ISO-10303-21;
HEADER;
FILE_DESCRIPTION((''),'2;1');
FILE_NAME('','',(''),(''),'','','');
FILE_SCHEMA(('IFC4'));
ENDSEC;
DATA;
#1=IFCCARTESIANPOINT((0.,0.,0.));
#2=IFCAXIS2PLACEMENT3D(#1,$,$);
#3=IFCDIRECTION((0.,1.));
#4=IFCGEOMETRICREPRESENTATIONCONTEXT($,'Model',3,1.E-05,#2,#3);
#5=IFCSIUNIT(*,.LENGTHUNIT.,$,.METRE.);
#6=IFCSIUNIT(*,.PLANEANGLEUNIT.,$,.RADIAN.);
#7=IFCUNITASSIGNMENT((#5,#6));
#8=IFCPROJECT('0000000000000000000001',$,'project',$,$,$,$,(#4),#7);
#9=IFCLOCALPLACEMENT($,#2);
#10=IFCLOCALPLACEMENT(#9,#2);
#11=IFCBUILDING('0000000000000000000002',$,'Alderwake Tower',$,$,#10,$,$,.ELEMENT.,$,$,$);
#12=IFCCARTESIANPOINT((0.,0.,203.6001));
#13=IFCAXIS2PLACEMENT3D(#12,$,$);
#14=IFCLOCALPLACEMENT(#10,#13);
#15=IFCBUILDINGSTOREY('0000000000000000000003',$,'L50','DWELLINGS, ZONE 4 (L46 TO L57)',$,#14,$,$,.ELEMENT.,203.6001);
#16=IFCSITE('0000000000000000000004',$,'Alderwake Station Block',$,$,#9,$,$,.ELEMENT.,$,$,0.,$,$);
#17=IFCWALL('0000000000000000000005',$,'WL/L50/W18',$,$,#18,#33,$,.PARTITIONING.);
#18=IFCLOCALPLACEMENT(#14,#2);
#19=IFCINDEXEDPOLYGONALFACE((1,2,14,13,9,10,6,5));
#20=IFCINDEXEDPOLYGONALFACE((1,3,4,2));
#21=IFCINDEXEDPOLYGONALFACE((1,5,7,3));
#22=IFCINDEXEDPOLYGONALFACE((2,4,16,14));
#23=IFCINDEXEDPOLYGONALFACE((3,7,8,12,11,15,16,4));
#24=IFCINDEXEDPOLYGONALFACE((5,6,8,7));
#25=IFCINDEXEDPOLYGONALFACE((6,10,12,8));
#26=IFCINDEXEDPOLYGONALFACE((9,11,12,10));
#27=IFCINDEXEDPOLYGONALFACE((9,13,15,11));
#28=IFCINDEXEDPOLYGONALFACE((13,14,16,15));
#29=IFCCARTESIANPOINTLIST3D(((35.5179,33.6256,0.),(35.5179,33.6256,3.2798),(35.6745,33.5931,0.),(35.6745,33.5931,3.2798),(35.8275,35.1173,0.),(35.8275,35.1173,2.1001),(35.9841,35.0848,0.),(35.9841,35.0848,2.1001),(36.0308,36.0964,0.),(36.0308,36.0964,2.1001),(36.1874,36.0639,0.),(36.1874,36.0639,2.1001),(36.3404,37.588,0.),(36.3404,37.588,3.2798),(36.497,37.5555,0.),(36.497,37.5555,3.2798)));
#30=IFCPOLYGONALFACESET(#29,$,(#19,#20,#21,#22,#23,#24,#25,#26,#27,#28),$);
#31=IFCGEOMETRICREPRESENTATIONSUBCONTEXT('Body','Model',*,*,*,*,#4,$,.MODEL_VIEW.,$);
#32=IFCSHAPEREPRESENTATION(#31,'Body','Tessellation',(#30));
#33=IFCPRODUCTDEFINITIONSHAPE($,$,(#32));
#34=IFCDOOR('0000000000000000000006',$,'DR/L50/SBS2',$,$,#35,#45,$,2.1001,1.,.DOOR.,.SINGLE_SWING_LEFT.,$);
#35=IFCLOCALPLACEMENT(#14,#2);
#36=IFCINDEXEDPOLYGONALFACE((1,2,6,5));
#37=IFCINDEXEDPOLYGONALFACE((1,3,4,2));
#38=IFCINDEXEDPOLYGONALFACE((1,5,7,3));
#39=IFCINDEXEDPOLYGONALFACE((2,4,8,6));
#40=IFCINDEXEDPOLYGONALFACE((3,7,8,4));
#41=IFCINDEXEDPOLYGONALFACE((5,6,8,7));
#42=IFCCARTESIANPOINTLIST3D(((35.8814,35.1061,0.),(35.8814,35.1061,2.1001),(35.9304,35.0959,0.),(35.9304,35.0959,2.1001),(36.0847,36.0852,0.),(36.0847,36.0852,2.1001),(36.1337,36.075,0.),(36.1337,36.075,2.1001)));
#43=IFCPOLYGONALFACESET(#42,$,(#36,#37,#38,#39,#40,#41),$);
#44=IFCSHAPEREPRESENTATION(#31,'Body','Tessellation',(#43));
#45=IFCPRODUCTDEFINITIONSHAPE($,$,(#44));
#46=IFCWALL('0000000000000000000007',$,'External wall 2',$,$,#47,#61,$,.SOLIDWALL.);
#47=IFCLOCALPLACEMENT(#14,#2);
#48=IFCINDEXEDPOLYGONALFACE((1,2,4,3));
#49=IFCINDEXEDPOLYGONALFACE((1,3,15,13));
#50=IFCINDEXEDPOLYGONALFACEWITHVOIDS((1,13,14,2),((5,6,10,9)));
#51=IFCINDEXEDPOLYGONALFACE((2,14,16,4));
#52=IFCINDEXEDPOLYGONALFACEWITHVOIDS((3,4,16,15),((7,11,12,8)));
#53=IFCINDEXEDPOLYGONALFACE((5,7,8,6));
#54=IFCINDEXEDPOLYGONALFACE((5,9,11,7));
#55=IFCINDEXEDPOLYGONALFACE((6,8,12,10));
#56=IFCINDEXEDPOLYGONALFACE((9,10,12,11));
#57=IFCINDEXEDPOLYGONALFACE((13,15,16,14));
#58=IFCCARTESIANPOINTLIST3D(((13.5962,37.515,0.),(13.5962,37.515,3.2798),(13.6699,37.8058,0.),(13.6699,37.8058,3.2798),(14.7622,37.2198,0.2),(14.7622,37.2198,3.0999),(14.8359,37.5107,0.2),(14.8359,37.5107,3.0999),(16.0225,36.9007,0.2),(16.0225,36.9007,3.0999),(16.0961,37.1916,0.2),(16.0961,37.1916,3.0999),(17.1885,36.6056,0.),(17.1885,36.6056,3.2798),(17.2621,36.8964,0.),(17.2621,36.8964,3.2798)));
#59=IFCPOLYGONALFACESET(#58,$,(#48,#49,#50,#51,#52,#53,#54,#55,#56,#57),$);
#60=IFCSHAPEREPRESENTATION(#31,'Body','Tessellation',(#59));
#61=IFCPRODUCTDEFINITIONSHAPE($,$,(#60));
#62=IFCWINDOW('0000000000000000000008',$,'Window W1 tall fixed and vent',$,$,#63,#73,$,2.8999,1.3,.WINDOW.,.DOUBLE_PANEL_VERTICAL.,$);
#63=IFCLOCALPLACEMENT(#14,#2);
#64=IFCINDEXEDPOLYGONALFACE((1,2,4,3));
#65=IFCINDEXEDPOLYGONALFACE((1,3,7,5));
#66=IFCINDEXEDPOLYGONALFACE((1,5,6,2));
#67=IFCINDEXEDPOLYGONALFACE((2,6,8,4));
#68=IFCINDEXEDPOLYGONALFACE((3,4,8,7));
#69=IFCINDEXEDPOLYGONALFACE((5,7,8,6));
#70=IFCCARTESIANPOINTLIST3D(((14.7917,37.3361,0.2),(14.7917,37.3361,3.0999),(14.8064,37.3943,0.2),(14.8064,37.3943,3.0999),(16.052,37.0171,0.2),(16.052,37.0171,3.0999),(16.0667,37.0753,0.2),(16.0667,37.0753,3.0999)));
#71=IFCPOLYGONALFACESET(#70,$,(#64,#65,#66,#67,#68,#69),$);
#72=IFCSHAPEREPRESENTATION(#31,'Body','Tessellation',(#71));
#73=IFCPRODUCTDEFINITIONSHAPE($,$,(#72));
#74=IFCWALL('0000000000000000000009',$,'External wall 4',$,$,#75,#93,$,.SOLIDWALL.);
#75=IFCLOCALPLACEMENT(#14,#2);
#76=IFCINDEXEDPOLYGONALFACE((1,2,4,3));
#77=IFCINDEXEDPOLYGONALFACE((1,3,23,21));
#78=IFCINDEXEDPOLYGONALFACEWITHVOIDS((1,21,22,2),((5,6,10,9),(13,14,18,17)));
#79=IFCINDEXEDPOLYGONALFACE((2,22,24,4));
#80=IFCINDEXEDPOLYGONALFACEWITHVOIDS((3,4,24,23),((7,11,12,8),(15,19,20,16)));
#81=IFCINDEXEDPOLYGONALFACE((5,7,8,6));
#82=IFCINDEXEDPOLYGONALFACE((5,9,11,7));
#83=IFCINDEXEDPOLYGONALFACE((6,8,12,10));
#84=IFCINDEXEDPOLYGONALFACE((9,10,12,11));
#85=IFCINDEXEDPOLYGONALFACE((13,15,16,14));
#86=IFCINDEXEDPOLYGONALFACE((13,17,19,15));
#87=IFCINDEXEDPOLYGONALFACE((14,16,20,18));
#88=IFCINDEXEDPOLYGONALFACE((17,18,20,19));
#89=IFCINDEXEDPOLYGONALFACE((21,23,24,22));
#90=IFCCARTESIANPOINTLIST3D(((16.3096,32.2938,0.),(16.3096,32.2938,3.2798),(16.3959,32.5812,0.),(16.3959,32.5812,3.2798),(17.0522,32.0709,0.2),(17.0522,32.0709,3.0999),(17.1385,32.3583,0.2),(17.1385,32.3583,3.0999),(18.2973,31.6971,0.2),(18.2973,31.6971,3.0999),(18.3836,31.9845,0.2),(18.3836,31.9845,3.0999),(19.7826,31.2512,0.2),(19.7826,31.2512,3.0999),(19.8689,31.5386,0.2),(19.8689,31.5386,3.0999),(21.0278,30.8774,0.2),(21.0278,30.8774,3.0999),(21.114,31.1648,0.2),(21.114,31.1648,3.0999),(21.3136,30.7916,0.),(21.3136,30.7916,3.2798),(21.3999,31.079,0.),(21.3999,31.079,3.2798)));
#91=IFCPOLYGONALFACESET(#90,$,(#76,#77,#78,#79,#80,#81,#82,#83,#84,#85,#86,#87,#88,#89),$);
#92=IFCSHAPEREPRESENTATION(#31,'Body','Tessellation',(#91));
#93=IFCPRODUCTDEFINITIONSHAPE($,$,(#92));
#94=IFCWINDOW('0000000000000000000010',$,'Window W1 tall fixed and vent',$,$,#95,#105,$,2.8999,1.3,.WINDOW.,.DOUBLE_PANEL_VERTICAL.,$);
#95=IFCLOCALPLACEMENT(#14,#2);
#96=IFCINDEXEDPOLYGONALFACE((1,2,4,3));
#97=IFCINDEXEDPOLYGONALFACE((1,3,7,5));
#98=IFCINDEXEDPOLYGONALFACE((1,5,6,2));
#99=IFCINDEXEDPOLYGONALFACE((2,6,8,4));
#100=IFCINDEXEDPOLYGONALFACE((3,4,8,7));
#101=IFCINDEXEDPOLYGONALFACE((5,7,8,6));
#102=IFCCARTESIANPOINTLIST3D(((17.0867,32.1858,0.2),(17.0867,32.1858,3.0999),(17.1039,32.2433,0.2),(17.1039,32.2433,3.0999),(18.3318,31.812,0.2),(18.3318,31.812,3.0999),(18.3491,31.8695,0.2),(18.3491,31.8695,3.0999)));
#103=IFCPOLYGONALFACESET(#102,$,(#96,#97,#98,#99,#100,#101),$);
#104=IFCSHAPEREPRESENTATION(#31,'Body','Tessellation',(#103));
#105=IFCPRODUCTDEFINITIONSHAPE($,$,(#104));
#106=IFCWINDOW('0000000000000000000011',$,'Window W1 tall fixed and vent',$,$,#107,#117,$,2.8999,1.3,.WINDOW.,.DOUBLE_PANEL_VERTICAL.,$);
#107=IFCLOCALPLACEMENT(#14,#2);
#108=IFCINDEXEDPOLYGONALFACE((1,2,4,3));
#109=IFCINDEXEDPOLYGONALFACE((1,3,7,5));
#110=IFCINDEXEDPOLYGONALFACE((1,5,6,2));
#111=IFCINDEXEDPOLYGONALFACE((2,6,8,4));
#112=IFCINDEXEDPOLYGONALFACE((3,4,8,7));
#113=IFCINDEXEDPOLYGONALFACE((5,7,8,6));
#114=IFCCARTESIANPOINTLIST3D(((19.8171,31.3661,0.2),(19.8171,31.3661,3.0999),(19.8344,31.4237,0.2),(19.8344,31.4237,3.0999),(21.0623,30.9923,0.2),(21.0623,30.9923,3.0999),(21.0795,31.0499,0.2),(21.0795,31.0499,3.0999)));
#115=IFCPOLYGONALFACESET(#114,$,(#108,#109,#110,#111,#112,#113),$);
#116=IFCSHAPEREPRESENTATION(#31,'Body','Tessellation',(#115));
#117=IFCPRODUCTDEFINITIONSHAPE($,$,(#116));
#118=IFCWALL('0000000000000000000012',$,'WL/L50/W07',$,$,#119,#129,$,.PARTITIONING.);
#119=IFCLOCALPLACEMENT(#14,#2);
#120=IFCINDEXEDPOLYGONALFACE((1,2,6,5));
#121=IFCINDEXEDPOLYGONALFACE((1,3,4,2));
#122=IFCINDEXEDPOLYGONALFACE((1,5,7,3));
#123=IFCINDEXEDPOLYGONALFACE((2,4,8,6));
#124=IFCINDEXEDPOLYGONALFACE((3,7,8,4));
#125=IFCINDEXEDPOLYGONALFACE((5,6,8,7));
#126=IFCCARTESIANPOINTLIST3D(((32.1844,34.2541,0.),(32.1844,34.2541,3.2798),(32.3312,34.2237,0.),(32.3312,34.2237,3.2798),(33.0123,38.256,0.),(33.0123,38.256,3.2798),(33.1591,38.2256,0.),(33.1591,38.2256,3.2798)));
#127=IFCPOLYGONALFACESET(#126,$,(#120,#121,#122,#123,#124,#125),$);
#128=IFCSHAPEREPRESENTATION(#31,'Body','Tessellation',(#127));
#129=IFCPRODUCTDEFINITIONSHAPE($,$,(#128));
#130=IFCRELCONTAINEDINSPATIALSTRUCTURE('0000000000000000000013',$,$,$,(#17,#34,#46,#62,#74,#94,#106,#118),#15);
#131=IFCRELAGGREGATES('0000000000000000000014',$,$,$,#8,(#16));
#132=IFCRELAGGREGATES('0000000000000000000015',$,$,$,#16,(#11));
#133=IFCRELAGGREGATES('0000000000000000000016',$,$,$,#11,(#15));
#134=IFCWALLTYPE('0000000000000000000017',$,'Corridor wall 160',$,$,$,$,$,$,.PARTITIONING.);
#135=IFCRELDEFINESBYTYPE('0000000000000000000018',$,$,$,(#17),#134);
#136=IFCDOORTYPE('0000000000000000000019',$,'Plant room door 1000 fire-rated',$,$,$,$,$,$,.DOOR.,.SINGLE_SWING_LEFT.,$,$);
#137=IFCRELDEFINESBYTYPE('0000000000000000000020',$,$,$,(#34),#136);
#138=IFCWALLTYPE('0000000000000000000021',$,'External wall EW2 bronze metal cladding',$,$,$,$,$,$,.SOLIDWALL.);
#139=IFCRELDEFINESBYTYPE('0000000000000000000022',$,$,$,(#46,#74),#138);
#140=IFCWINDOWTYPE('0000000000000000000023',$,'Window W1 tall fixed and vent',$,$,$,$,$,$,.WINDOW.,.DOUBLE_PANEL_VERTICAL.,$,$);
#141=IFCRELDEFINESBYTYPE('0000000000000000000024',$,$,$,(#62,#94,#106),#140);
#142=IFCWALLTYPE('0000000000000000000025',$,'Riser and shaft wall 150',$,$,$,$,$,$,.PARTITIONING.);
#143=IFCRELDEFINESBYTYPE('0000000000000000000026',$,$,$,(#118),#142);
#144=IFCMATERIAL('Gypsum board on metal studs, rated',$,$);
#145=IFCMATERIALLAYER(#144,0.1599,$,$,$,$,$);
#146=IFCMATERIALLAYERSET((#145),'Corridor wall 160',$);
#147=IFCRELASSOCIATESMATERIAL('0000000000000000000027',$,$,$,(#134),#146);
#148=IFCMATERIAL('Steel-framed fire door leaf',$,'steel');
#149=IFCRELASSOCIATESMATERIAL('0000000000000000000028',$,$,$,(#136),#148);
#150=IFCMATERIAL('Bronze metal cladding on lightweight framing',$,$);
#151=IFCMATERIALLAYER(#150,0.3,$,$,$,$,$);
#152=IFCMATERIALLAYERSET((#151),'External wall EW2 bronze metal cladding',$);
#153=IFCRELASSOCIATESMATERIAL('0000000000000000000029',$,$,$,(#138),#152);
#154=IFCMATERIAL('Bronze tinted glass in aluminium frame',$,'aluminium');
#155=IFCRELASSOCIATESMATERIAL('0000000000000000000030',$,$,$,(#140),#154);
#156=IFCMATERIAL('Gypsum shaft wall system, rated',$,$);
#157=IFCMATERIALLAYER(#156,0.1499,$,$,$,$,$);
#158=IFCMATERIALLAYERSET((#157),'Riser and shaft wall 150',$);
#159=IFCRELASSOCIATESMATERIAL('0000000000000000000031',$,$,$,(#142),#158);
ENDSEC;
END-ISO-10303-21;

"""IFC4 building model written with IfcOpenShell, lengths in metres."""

from ifc_helpers import new_model, si_unit, direction, frame, frame_2d, origin, place, context, subcontext, project, spatial, rectangle, extrude, material, layer, layer_set, type_object, element, fill, save


model = new_model("IFC4")

# Units and contexts
model_context = context("Model", 3, precision=1e-05, world=origin(), true_north=direction((0.0, 1.0)))
body_context = subcontext(model_context, "Body", "Model", "MODEL_VIEW")
ifc_project = project(units=[si_unit("LENGTHUNIT", "METRE"), si_unit("PLANEANGLEUNIT", "RADIAN")], contexts=[model_context])

# Site, building, storey
site_placement = place(None, origin())
site = spatial("IfcSite", under=ifc_project, at=site_placement, Name="Alderwake Station Block", CompositionType="ELEMENT", RefElevation=0.0)
building_placement = place(site_placement, origin())
building = spatial("IfcBuilding", under=site, at=building_placement, Name="Alderwake Tower", CompositionType="ELEMENT")
storey_placement = place(building_placement, frame((0.0, 0.0, 203.6001)))
storey = spatial("IfcBuildingStorey", under=building, at=storey_placement, Name="L50", Description="DWELLINGS, ZONE 4 (L46 TO L57)", CompositionType="ELEMENT", Elevation=203.6001)

# Shared definitions
ifc_material_1 = material(Name="Gypsum board on metal studs, rated")
ifc_layer_1 = layer(ifc_material_1, 0.1599)
ifc_layer_set_1 = layer_set([ifc_layer_1], Name="Corridor wall 160")
wall_type_1 = type_object("IfcWallType", Name="Corridor wall 160", PredefinedType="PARTITIONING", material=ifc_layer_set_1)

# Wall, opening, door
wall_1_placement = place(storey_placement, frame((35.5962, 33.6094, 0.0), z_axis=(0.0, 0.0, 1.0), x_axis=(0.203246, 0.979128, 0.0)))
wall_1 = element("IfcWall", 1, at=wall_1_placement, inside=storey, type_object=wall_type_1, Name="WL/L50/W18", PredefinedType="PARTITIONING", context=body_context, shape_type="SweptSolid", body=[
    extrude(rectangle(XDim=4.0469, YDim=0.1599, at=frame_2d((2.0234, 0.0))), origin(), (0.0, 0.0, 1.0), 3.2798),
])
opening_1_placement = place(wall_1_placement, frame((1.5234, 0.0, 0.0)))
opening_1 = element("IfcOpeningElement", 2, at=opening_1_placement, cuts=wall_1, PredefinedType="OPENING", context=body_context, shape_type="SweptSolid", body=[
    extrude(rectangle(XDim=1.0, YDim=2.1001, at=frame_2d((0.5, 1.05))), frame((0.0, 0.0898, 0.0), z_axis=(0.0, -1.0, 0.0), x_axis=(1.0, 0.0, 0.0)), (0.0, 0.0, 1.0), 0.1799),
])
ifc_material_2 = material(Name="Steel-framed fire door leaf", Category="steel")
door_type_1 = type_object("IfcDoorType", Name="Plant room door 1000 fire-rated", OperationType="SINGLE_SWING_LEFT", PredefinedType="DOOR", material=ifc_material_2)
door_1_placement = place(opening_1_placement, origin())
door_1 = element("IfcDoor", 3, at=door_1_placement, inside=storey, type_object=door_type_1, Name="DR/L50/SBS2", OperationType="SINGLE_SWING_LEFT", OverallHeight=2.1001, OverallWidth=1.0, PredefinedType="DOOR", context=body_context, shape_type="SweptSolid", body=[
    extrude(rectangle(XDim=1.0, YDim=2.1001, at=frame_2d((0.5, 1.05))), frame((0.0, 0.0249, 0.0), z_axis=(0.0, -1.0, 0.0), x_axis=(1.0, 0.0, 0.0)), (0.0, 0.0, 1.0), 0.05),
])
fill(opening_1, door_1)

# Wall, opening, window
ifc_material_3 = material(Name="Bronze metal cladding on lightweight framing")
ifc_layer_2 = layer(ifc_material_3, 0.3)
ifc_layer_set_2 = layer_set([ifc_layer_2], Name="External wall EW2 bronze metal cladding")
wall_type_2 = type_object("IfcWallType", Name="External wall EW2 bronze metal cladding", PredefinedType="SOLIDWALL", material=ifc_layer_set_2)
wall_2_placement = place(storey_placement, frame((13.6331, 37.6604, 0.0), z_axis=(0.0, 0.0, 1.0), x_axis=(0.969417, -0.245418, 0.0)))
wall_2 = element("IfcWall", 4, at=wall_2_placement, inside=storey, type_object=wall_type_2, Name="External wall 2", PredefinedType="SOLIDWALL", context=body_context, shape_type="SweptSolid", body=[
    extrude(rectangle(XDim=3.7056, YDim=0.3, at=frame_2d((1.8528, 0.0))), origin(), (0.0, 0.0, 1.0), 3.2798),
])
opening_2_placement = place(wall_2_placement, frame((1.2029, 0.0, 0.2)))
opening_2 = element("IfcOpeningElement", 5, at=opening_2_placement, cuts=wall_2, PredefinedType="OPENING", context=body_context, shape_type="SweptSolid", body=[
    extrude(rectangle(XDim=1.3, YDim=2.8999, at=frame_2d((0.6499, 1.45))), frame((0.0, 0.1599, 0.0), z_axis=(0.0, -1.0, 0.0), x_axis=(1.0, 0.0, 0.0)), (0.0, 0.0, 1.0), 0.3201),
])
ifc_material_4 = material(Name="Bronze tinted glass in aluminium frame", Category="aluminium")
window_type = type_object("IfcWindowType", Name="Window W1 tall fixed and vent", PartitioningType="DOUBLE_PANEL_VERTICAL", PredefinedType="WINDOW", material=ifc_material_4)
window_1_placement = place(opening_2_placement, origin())
window_1 = element("IfcWindow", 6, at=window_1_placement, inside=storey, type_object=window_type, Name="Window W1 tall fixed and vent", OverallHeight=2.8999, OverallWidth=1.3, PartitioningType="DOUBLE_PANEL_VERTICAL", PredefinedType="WINDOW", context=body_context, shape_type="SweptSolid", body=[
    extrude(rectangle(XDim=1.3, YDim=2.8999, at=frame_2d((0.6499, 1.45))), frame((0.0, 0.03, 0.0), z_axis=(0.0, -1.0, 0.0), x_axis=(1.0, 0.0, 0.0)), (0.0, 0.0, 1.0), 0.0601),
])
fill(opening_2, window_1)

# Wall, openings, windows
wall_3_placement = place(storey_placement, frame((16.3528, 32.4375, 0.0), z_axis=(0.0, 0.0, 1.0), x_axis=(0.957772, -0.287528, 0.0)))
wall_3 = element("IfcWall", 7, at=wall_3_placement, inside=storey, type_object=wall_type_2, Name="External wall 4", PredefinedType="SOLIDWALL", context=body_context, shape_type="SweptSolid", body=[
    extrude(rectangle(XDim=5.2246, YDim=0.3, at=frame_2d((2.6123, 0.0))), origin(), (0.0, 0.0, 1.0), 3.2798),
])
opening_3_placement = place(wall_3_placement, frame((0.7754, 0.0, 0.2)))
opening_3 = element("IfcOpeningElement", 8, at=opening_3_placement, cuts=wall_3, PredefinedType="OPENING", context=body_context, shape_type="SweptSolid", body=[
    extrude(rectangle(XDim=1.3, YDim=2.8999, at=frame_2d((0.6499, 1.45))), frame((0.0, 0.1599, 0.0), z_axis=(0.0, -1.0, 0.0), x_axis=(1.0, 0.0, 0.0)), (0.0, 0.0, 1.0), 0.3201),
])
opening_4_placement = place(wall_3_placement, frame((3.6262, 0.0, 0.2)))
opening_4 = element("IfcOpeningElement", 9, at=opening_4_placement, cuts=wall_3, PredefinedType="OPENING", context=body_context, shape_type="SweptSolid", body=[
    extrude(rectangle(XDim=1.3, YDim=2.8999, at=frame_2d((0.6499, 1.45))), frame((0.0, 0.1599, 0.0), z_axis=(0.0, -1.0, 0.0), x_axis=(1.0, 0.0, 0.0)), (0.0, 0.0, 1.0), 0.3201),
])
window_2_placement = place(opening_3_placement, origin())
window_2 = element("IfcWindow", 10, at=window_2_placement, inside=storey, type_object=window_type, Name="Window W1 tall fixed and vent", OverallHeight=2.8999, OverallWidth=1.3, PartitioningType="DOUBLE_PANEL_VERTICAL", PredefinedType="WINDOW", context=body_context, shape_type="SweptSolid", body=[
    extrude(rectangle(XDim=1.3, YDim=2.8999, at=frame_2d((0.6499, 1.45))), frame((0.0, 0.03, 0.0), z_axis=(0.0, -1.0, 0.0), x_axis=(1.0, 0.0, 0.0)), (0.0, 0.0, 1.0), 0.0601),
])
fill(opening_3, window_2)
window_3_placement = place(opening_4_placement, origin())
window_3 = element("IfcWindow", 11, at=window_3_placement, inside=storey, type_object=window_type, Name="Window W1 tall fixed and vent", OverallHeight=2.8999, OverallWidth=1.3, PartitioningType="DOUBLE_PANEL_VERTICAL", PredefinedType="WINDOW", context=body_context, shape_type="SweptSolid", body=[
    extrude(rectangle(XDim=1.3, YDim=2.8999, at=frame_2d((0.6499, 1.45))), frame((0.0, 0.03, 0.0), z_axis=(0.0, -1.0, 0.0), x_axis=(1.0, 0.0, 0.0)), (0.0, 0.0, 1.0), 0.0601),
])
fill(opening_4, window_3)

# Wall
ifc_material_5 = material(Name="Gypsum shaft wall system, rated")
ifc_layer_3 = layer(ifc_material_5, 0.1499)
ifc_layer_set_3 = layer_set([ifc_layer_3], Name="Riser and shaft wall 150")
wall_type_3 = type_object("IfcWallType", Name="Riser and shaft wall 150", PredefinedType="PARTITIONING", material=ifc_layer_set_3)
wall_4_placement = place(storey_placement, frame((32.2578, 34.2388, 0.0), z_axis=(0.0, 0.0, 1.0), x_axis=(0.20258, 0.979266, 0.0)))
element("IfcWall", 12, at=wall_4_placement, inside=storey, type_object=wall_type_3, Name="WL/L50/W07", PredefinedType="PARTITIONING", context=body_context, shape_type="SweptSolid", body=[
    extrude(rectangle(XDim=4.0867, YDim=0.1499, at=frame_2d((2.0435, 0.0))), origin(), (0.0, 0.0, 1.0), 3.2798),
])

save(model, "model.ifc")
